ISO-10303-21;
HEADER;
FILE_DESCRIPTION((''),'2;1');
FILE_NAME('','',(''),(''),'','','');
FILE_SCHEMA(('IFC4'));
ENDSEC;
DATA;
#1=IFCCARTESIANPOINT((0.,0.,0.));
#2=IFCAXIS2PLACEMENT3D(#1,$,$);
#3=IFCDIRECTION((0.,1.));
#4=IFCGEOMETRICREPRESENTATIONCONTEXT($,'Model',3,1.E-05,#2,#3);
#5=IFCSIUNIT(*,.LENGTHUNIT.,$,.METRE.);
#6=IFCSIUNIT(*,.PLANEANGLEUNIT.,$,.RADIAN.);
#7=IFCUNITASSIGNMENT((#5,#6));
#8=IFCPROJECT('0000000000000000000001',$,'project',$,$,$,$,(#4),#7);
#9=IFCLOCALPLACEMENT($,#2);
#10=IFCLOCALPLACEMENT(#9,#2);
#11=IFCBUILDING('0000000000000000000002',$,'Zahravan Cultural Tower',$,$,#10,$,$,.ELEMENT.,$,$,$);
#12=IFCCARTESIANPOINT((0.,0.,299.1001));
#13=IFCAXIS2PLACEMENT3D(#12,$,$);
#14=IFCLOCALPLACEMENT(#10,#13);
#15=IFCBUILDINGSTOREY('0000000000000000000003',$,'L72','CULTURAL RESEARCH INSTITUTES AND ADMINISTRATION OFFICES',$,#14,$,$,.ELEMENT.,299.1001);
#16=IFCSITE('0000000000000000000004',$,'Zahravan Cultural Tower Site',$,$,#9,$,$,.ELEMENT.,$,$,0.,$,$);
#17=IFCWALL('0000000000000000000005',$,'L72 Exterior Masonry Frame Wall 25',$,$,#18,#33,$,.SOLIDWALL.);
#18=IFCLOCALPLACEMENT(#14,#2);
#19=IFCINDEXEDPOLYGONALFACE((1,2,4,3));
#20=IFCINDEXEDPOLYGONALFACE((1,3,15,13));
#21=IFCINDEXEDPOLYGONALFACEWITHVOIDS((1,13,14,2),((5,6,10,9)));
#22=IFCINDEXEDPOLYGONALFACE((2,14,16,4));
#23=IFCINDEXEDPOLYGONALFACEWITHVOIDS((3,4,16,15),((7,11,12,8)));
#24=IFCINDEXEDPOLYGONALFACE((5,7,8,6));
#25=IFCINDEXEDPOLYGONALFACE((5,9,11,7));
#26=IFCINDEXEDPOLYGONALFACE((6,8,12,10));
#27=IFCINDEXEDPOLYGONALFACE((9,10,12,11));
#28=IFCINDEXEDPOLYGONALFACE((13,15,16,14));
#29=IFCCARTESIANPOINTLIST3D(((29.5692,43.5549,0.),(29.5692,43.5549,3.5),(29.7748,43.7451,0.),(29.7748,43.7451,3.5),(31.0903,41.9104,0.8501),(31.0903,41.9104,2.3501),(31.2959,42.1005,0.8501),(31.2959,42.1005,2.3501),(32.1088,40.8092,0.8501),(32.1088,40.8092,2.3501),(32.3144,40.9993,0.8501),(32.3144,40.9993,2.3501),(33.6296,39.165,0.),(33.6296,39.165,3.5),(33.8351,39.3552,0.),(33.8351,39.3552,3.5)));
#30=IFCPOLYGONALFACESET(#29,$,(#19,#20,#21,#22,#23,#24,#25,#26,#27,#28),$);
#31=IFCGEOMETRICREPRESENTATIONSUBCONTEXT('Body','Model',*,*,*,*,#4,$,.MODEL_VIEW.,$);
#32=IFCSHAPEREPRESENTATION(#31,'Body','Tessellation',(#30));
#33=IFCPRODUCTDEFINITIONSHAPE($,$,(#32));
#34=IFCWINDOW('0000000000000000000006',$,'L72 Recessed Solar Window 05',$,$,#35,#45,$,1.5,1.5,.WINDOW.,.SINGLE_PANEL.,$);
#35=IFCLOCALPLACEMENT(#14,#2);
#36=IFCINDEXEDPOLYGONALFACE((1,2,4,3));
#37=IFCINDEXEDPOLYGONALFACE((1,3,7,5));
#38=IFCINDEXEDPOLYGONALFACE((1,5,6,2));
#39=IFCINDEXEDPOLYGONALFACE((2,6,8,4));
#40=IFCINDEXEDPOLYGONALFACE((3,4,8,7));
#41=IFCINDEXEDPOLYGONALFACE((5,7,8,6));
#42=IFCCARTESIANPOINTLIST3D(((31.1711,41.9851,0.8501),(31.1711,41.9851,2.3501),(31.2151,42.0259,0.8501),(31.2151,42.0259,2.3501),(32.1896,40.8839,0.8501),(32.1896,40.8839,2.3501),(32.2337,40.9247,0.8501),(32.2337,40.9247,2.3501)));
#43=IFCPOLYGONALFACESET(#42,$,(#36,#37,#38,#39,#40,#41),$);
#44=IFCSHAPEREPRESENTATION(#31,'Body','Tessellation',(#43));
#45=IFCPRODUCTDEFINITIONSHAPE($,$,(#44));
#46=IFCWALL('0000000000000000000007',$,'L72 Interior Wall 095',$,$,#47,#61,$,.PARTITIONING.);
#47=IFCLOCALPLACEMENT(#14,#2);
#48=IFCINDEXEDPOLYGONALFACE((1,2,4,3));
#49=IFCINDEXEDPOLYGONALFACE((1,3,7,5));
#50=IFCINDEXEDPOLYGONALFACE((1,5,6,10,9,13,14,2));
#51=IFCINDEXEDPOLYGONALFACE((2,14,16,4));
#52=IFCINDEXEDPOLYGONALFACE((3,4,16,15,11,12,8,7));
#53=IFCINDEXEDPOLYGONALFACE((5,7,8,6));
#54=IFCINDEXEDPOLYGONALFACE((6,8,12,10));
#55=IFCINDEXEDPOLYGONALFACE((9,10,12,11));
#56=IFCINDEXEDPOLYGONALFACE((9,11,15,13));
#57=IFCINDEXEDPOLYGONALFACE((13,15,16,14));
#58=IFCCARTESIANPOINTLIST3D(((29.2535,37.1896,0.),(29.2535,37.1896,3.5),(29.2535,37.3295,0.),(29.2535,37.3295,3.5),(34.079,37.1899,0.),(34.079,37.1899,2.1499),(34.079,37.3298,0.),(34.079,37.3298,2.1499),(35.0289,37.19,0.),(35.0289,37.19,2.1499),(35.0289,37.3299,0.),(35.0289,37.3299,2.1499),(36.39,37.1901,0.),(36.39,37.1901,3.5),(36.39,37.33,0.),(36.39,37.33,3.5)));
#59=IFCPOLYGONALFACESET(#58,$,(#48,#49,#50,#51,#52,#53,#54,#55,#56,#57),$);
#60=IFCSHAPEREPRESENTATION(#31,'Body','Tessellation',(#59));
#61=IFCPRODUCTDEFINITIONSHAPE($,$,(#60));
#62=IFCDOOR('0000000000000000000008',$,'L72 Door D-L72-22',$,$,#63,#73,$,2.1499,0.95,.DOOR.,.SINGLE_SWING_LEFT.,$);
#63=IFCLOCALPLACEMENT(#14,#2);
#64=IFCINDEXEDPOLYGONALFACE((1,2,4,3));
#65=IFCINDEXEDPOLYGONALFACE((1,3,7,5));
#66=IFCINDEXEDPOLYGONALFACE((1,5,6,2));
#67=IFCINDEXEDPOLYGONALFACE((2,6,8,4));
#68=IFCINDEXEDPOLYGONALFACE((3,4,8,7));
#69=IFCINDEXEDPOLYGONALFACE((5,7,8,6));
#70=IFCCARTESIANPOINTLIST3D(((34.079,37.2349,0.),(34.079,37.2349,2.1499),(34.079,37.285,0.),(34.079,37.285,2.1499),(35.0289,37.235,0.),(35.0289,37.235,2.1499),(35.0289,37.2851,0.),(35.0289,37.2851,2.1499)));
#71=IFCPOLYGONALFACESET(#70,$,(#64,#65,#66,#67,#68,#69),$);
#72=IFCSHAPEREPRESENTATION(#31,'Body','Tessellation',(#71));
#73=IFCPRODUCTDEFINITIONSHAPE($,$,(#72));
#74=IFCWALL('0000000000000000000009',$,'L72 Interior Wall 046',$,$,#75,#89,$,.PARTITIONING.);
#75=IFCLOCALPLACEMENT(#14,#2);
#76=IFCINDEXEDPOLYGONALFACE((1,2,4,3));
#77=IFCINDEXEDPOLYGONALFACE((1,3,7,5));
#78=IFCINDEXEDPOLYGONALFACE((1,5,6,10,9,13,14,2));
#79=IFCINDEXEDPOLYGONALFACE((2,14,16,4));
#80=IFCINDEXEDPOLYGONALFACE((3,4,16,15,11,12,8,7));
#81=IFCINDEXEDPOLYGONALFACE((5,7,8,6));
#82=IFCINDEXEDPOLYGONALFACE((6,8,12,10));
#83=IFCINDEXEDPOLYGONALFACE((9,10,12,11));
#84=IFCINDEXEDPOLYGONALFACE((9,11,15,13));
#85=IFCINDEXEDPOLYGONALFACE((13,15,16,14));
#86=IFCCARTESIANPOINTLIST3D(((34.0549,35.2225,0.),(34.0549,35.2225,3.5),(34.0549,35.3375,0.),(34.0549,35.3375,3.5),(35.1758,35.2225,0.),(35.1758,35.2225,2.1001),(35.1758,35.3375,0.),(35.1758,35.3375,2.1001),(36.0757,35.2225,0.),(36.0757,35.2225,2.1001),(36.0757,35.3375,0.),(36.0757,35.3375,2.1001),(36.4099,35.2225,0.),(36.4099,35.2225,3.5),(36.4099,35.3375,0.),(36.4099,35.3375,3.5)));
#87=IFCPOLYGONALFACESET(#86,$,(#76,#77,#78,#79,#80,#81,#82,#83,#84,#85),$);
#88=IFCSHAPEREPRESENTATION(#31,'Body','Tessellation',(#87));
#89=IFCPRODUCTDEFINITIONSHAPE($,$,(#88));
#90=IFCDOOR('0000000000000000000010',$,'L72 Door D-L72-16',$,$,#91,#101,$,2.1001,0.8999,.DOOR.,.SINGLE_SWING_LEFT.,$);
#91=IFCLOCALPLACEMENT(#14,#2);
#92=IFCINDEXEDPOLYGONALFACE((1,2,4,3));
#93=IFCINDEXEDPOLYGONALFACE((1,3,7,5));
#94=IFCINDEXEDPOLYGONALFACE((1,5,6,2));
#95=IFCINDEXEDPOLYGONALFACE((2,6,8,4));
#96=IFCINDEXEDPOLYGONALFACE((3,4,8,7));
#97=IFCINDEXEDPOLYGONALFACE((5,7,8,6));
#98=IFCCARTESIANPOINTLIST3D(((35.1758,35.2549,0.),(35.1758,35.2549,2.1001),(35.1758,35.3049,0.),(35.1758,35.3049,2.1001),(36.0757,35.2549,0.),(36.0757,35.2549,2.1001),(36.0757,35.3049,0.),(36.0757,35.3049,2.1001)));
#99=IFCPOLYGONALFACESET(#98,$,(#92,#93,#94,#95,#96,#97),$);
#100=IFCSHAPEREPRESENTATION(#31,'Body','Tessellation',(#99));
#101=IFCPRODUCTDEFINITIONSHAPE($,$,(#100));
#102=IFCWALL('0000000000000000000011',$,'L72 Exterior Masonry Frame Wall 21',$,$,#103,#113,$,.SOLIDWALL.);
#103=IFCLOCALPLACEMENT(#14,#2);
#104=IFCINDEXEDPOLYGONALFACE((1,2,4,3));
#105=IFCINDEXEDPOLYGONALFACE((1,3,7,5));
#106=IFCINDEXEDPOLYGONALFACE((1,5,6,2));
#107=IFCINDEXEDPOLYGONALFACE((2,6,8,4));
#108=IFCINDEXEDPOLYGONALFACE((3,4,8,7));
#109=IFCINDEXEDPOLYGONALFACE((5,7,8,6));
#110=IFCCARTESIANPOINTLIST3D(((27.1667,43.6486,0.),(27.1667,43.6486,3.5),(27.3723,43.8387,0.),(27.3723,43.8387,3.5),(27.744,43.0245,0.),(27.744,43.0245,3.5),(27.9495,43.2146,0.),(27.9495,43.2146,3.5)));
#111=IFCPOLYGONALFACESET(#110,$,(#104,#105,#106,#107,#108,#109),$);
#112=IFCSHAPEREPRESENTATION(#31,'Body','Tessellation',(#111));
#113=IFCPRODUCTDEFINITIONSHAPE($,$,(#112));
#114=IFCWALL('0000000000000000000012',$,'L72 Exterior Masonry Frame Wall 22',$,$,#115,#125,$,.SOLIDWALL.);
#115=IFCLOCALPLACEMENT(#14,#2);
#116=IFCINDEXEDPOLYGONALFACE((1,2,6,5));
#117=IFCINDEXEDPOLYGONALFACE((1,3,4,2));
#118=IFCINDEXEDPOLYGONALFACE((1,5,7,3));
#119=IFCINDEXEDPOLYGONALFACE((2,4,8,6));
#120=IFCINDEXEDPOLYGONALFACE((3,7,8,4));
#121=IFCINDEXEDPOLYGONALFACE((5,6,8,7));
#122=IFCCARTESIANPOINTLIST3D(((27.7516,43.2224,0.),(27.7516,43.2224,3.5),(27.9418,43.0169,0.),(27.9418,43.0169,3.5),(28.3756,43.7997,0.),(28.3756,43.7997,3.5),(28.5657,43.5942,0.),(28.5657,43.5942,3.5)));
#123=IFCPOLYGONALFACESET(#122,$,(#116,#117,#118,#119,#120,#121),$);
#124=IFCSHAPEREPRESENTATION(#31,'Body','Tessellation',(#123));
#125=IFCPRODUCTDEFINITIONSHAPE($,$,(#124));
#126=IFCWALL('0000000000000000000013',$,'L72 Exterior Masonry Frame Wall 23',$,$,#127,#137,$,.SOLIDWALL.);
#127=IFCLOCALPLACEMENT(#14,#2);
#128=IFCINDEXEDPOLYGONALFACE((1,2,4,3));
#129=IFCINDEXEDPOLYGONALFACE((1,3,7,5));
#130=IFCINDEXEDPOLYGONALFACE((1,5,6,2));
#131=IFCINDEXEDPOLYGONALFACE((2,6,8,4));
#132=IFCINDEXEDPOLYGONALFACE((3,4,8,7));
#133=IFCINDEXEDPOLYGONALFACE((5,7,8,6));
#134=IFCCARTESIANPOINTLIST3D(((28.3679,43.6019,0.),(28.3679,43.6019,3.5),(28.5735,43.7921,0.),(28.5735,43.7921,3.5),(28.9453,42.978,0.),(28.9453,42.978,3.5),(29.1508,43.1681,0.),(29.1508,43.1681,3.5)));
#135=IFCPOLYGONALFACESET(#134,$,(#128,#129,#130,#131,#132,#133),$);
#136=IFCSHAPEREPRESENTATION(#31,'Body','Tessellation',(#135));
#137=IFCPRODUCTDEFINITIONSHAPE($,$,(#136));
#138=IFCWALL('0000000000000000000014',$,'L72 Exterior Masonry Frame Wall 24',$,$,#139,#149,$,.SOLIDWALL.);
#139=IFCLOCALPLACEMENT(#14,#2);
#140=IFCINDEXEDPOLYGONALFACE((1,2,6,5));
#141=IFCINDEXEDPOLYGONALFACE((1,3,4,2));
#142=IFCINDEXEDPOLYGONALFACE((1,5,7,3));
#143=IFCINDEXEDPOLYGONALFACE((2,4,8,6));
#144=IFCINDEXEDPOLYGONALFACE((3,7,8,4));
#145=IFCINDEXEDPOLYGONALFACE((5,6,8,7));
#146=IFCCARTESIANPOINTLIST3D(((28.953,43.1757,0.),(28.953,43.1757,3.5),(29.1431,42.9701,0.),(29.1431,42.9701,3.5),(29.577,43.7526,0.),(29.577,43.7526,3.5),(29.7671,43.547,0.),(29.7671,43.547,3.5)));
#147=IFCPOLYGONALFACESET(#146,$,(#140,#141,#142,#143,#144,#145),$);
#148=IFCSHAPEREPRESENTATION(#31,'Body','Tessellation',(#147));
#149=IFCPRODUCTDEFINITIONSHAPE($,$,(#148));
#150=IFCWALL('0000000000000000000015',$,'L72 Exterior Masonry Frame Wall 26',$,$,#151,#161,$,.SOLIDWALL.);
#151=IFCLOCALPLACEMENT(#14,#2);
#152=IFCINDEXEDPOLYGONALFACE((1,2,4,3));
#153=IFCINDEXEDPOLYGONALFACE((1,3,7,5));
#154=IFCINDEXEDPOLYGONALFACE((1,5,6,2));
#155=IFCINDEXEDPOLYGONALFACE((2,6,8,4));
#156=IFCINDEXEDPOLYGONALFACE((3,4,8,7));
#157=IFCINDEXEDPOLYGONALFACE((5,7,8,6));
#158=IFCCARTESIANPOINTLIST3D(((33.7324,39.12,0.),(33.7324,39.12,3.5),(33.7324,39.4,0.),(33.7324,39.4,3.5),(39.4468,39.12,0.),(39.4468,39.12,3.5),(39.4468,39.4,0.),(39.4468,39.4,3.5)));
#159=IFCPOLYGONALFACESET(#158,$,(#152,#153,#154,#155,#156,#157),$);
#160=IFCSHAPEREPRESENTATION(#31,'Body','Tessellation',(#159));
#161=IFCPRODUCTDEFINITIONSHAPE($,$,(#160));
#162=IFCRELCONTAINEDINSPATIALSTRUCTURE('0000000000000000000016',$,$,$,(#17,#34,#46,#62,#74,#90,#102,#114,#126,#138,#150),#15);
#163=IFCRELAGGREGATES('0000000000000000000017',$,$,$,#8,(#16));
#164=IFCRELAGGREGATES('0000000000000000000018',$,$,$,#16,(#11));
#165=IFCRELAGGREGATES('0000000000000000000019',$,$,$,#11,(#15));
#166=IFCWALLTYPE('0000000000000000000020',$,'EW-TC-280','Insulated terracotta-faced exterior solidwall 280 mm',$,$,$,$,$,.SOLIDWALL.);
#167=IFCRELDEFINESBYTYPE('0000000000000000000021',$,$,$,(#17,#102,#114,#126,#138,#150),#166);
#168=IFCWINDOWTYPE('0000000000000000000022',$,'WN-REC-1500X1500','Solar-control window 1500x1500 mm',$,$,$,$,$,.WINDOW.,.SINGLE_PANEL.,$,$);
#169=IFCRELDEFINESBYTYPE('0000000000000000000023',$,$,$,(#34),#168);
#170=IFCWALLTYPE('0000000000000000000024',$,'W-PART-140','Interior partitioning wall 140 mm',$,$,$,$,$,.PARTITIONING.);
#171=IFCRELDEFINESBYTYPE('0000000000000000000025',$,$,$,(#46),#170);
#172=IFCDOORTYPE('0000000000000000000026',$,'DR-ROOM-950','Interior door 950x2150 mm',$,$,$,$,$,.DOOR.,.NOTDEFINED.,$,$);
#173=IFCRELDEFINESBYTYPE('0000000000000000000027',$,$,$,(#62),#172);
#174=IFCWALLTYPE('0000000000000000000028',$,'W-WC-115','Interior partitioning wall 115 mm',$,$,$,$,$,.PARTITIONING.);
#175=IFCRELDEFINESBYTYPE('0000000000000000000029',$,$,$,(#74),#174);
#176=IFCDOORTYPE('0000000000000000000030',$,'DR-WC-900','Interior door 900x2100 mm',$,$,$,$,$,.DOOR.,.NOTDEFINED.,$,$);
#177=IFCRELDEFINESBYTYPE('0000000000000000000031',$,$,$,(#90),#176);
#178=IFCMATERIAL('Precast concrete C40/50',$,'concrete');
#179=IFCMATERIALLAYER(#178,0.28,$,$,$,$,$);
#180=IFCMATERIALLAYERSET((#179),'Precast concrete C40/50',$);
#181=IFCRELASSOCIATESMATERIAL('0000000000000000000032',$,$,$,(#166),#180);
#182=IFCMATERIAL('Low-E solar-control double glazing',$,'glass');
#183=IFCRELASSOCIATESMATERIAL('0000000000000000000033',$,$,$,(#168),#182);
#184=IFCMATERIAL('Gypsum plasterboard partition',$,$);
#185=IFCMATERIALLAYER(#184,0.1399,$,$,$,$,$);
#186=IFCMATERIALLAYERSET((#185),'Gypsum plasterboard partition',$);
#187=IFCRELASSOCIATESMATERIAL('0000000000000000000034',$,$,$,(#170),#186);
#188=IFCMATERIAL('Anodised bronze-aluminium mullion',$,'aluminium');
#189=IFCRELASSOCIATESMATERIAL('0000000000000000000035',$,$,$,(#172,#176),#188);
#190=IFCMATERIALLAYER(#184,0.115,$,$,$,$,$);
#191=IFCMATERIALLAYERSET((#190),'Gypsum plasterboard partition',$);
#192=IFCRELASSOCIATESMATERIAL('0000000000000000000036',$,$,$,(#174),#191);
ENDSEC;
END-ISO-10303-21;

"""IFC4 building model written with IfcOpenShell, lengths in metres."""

from ifc_helpers import new_model, si_unit, direction, frame, frame_2d, origin, place, context, subcontext, project, spatial, rectangle, extrude, source, transform, mapped, material, layer, layer_set, type_object, element, fill, save


model = new_model("IFC4")

# Units and contexts
model_context = context("Model", 3, precision=1e-05, world=origin(), true_north=direction((0.0, 1.0)))
body_context = subcontext(model_context, "Body", "Model", "MODEL_VIEW")
ifc_project = project(units=[si_unit("LENGTHUNIT", "METRE"), si_unit("PLANEANGLEUNIT", "RADIAN")], contexts=[model_context])

# Site, building, storey
site_placement = place(None, origin())
site = spatial("IfcSite", under=ifc_project, at=site_placement, Name="Zahravan Cultural Tower Site", CompositionType="ELEMENT", RefElevation=0.0)
building_placement = place(site_placement, origin())
building = spatial("IfcBuilding", under=site, at=building_placement, Name="Zahravan Cultural Tower", CompositionType="ELEMENT")
storey_placement = place(building_placement, frame((0.0, 0.0, 299.1001)))
storey = spatial("IfcBuildingStorey", under=building, at=storey_placement, Name="L72", Description="CULTURAL RESEARCH INSTITUTES AND ADMINISTRATION OFFICES", CompositionType="ELEMENT", Elevation=299.1001)

# Wall, opening, window
ifc_material_1 = material(Name="Precast concrete C40/50", Category="concrete")
ifc_layer_1 = layer(ifc_material_1, 0.28)
ifc_layer_set_1 = layer_set([ifc_layer_1], Name="Precast concrete C40/50")
wall_type_1 = type_object("IfcWallType", Name="EW-TC-280", Description="Insulated terracotta-faced exterior solidwall 280 mm", PredefinedType="SOLIDWALL", material=ifc_layer_set_1)
wall_1_placement = place(storey_placement, frame((29.6721, 43.6499, 0.0), z_axis=(0.0, 0.0, 1.0), x_axis=(0.679011, -0.734128, 0.0)))
wall_1 = element("IfcWall", 1, at=wall_1_placement, inside=storey, type_object=wall_type_1, Name="L72 Exterior Masonry Frame Wall 25", PredefinedType="SOLIDWALL", context=body_context, shape_type="SweptSolid", body=[
    extrude(rectangle(XDim=5.9797, YDim=0.28, at=frame_2d((2.9897, 0.0))), origin(), (0.0, 0.0, 1.0), 3.5),
])
opening_1_placement = place(wall_1_placement, frame((2.24, 0.0, 0.8501)))
opening_1 = element("IfcOpeningElement", 2, at=opening_1_placement, cuts=wall_1, PredefinedType="OPENING", context=body_context, shape_type="SweptSolid", body=[
    extrude(rectangle(XDim=1.5, YDim=1.5, at=frame_2d((0.75, 0.75))), frame((0.0, 0.1499, 0.0), z_axis=(0.0, -1.0, 0.0), x_axis=(1.0, 0.0, 0.0)), (0.0, 0.0, 1.0), 0.3),
])
ifc_material_2 = material(Name="Low-E solar-control double glazing", Category="glass")
window_type = type_object("IfcWindowType", Name="WN-REC-1500X1500", Description="Solar-control window 1500x1500 mm", PartitioningType="SINGLE_PANEL", PredefinedType="WINDOW", material=ifc_material_2)
shared_shape_1 = source(origin(), body_context, "Body", "SweptSolid", [
    extrude(rectangle(XDim=1.5, YDim=1.5, at=frame_2d((0.75, 0.75))), frame((0.0, 0.03, 0.0), z_axis=(0.0, -1.0, 0.0), x_axis=(1.0, 0.0, 0.0)), (0.0, 0.0, 1.0), 0.0601),
])
window_placement = place(opening_1_placement, origin())
window = element("IfcWindow", 3, at=window_placement, inside=storey, type_object=window_type, Name="L72 Recessed Solar Window 05", OverallHeight=1.5, OverallWidth=1.5, PartitioningType="SINGLE_PANEL", PredefinedType="WINDOW", context=body_context, shape_type="MappedRepresentation", body=[
    mapped(shared_shape_1, transform((0.0, 0.0, 0.0), x_axis=(1.0, 0.0, 0.0), y_axis=(0.0, 1.0, 0.0), z_axis=(0.0, 0.0, 1.0), scale=1.0)),
])
fill(opening_1, window)

# Walls, openings, doors
ifc_material_3 = material(Name="Gypsum plasterboard partition")
ifc_layer_2 = layer(ifc_material_3, 0.1399)
ifc_layer_set_2 = layer_set([ifc_layer_2], Name="Gypsum plasterboard partition")
wall_type_2 = type_object("IfcWallType", Name="W-PART-140", Description="Interior partitioning wall 140 mm", PredefinedType="PARTITIONING", material=ifc_layer_set_2)
wall_2_placement = place(storey_placement, frame((36.3901, 37.26, 0.0), z_axis=(0.0, 0.0, 1.0), x_axis=(-1.0, -0.000068, 0.0)))
wall_2 = element("IfcWall", 4, at=wall_2_placement, inside=storey, type_object=wall_type_2, Name="L72 Interior Wall 095", PredefinedType="PARTITIONING", context=body_context, shape_type="SweptSolid", body=[
    extrude(rectangle(XDim=7.1365, YDim=0.1399, at=frame_2d((3.5684, 0.0))), origin(), (0.0, 0.0, 1.0), 3.5),
])
opening_2_placement = place(wall_2_placement, frame((1.3611, 0.0, 0.0)))
opening_2 = element("IfcOpeningElement", 5, at=opening_2_placement, cuts=wall_2, PredefinedType="OPENING", context=body_context, shape_type="SweptSolid", body=[
    extrude(rectangle(XDim=0.95, YDim=2.1499, at=frame_2d((0.4751, 1.075))), frame((0.0, 0.0798, 0.0), z_axis=(0.0, -1.0, 0.0), x_axis=(1.0, 0.0, 0.0)), (0.0, 0.0, 1.0), 0.1599),
])
ifc_material_4 = material(Name="Anodised bronze-aluminium mullion", Category="aluminium")
door_type_1 = type_object("IfcDoorType", Name="DR-ROOM-950", Description="Interior door 950x2150 mm", OperationType="NOTDEFINED", PredefinedType="DOOR", material=ifc_material_4)
shared_shape_2 = source(origin(), body_context, "Body", "SweptSolid", [
    extrude(rectangle(XDim=0.95, YDim=2.1499, at=frame_2d((0.4751, 1.075))), frame((0.0, 0.0249, 0.0), z_axis=(0.0, -1.0, 0.0), x_axis=(1.0, 0.0, 0.0)), (0.0, 0.0, 1.0), 0.05),
])
door_1_placement = place(opening_2_placement, origin())
door_1 = element("IfcDoor", 6, at=door_1_placement, inside=storey, type_object=door_type_1, Name="L72 Door D-L72-22", OperationType="SINGLE_SWING_LEFT", OverallHeight=2.1499, OverallWidth=0.95, PredefinedType="DOOR", context=body_context, shape_type="MappedRepresentation", body=[
    mapped(shared_shape_2, transform((0.0, 0.0, 0.0), x_axis=(1.0, 0.0, 0.0), y_axis=(0.0, 1.0, 0.0), z_axis=(0.0, 0.0, 1.0), scale=1.0)),
])
fill(opening_2, door_1)
ifc_layer_3 = layer(ifc_material_3, 0.115)
ifc_layer_set_3 = layer_set([ifc_layer_3], Name="Gypsum plasterboard partition")
wall_type_3 = type_object("IfcWallType", Name="W-WC-115", Description="Interior partitioning wall 115 mm", PredefinedType="PARTITIONING", material=ifc_layer_set_3)
wall_3_placement = place(storey_placement, frame((34.0549, 35.28, 0.0), z_axis=(0.0, 0.0, 1.0), x_axis=(1.0, 0.0, 0.0)))
wall_3 = element("IfcWall", 7, at=wall_3_placement, inside=storey, type_object=wall_type_3, Name="L72 Interior Wall 046", PredefinedType="PARTITIONING", context=body_context, shape_type="SweptSolid", body=[
    extrude(rectangle(XDim=2.355, YDim=0.115, at=frame_2d((1.1775, 0.0))), origin(), (0.0, 0.0, 1.0), 3.5),
])
opening_3_placement = place(wall_3_placement, frame((1.1208, 0.0, 0.0)))
opening_3 = element("IfcOpeningElement", 8, at=opening_3_placement, cuts=wall_3, PredefinedType="OPENING", context=body_context, shape_type="SweptSolid", body=[
    extrude(rectangle(XDim=0.8999, YDim=2.1001, at=frame_2d((0.45, 1.05))), frame((0.0, 0.0674, 0.0), z_axis=(0.0, -1.0, 0.0), x_axis=(1.0, 0.0, 0.0)), (0.0, 0.0, 1.0), 0.135),
])
door_type_2 = type_object("IfcDoorType", Name="DR-WC-900", Description="Interior door 900x2100 mm", OperationType="NOTDEFINED", PredefinedType="DOOR", material=ifc_material_4)
shared_shape_3 = source(origin(), body_context, "Body", "SweptSolid", [
    extrude(rectangle(XDim=0.8999, YDim=2.1001, at=frame_2d((0.45, 1.05))), frame((0.0, 0.0249, 0.0), z_axis=(0.0, -1.0, 0.0), x_axis=(1.0, 0.0, 0.0)), (0.0, 0.0, 1.0), 0.05),
])
door_2_placement = place(opening_3_placement, origin())
door_2 = element("IfcDoor", 9, at=door_2_placement, inside=storey, type_object=door_type_2, Name="L72 Door D-L72-16", OperationType="SINGLE_SWING_LEFT", OverallHeight=2.1001, OverallWidth=0.8999, PredefinedType="DOOR", context=body_context, shape_type="MappedRepresentation", body=[
    mapped(shared_shape_3, transform((0.0, 0.0, 0.0), x_axis=(1.0, 0.0, 0.0), y_axis=(0.0, 1.0, 0.0), z_axis=(0.0, 0.0, 1.0), scale=1.0)),
])
fill(opening_3, door_2)

# Walls
shared_shape_4 = source(origin(), body_context, "Body", "SweptSolid", [
    extrude(rectangle(XDim=0.8501, YDim=0.28, at=frame_2d((0.425, 0.0))), origin(), (0.0, 0.0, 1.0), 3.5),
])
for number, where, z_axis, x_axis, name in (
    (10, (27.2695, 43.7437, 0.0), (0.0, 0.0, 1.0), (0.678996, -0.734142, 0.0), "L72 Exterior Masonry Frame Wall 21"),
    (11, (27.8467, 43.1196, 0.0), (0.0, 0.0, 1.0), (0.733999, 0.67915, 0.0), "L72 Exterior Masonry Frame Wall 22"),
    (12, (28.4707, 43.697, 0.0), (0.0, 0.0, 1.0), (0.67915, -0.733999, 0.0), "L72 Exterior Masonry Frame Wall 23"),
):
    element("IfcWall", number, at=place(storey_placement, frame(where, z_axis=z_axis, x_axis=x_axis)), inside=storey, type_object=wall_type_1, Name=name, PredefinedType="SOLIDWALL", context=body_context, shape_type="MappedRepresentation", body=[
        mapped(shared_shape_4, transform((0.0, 0.0, 0.0), x_axis=(1.0, 0.0, 0.0), y_axis=(0.0, 1.0, 0.0), z_axis=(0.0, 0.0, 1.0), scale=1.0)),
    ])
shared_shape_5 = source(origin(), body_context, "Body", "SweptSolid", [
    extrude(rectangle(XDim=0.8499, YDim=0.28, at=frame_2d((0.4248, 0.0))), origin(), (0.0, 0.0, 1.0), 3.5),
])
wall_4_placement = place(storey_placement, frame((29.0481, 43.073, 0.0), z_axis=(0.0, 0.0, 1.0), x_axis=(0.734286, 0.678841, 0.0)))
element("IfcWall", 13, at=wall_4_placement, inside=storey, type_object=wall_type_1, Name="L72 Exterior Masonry Frame Wall 24", PredefinedType="SOLIDWALL", context=body_context, shape_type="MappedRepresentation", body=[
    mapped(shared_shape_5, transform((0.0, 0.0, 0.0), x_axis=(1.0, 0.0, 0.0), y_axis=(0.0, 1.0, 0.0), z_axis=(0.0, 0.0, 1.0), scale=1.0)),
])
shared_shape_6 = source(origin(), body_context, "Body", "SweptSolid", [
    extrude(rectangle(XDim=5.7144, YDim=0.28, at=frame_2d((2.8572, 0.0))), origin(), (0.0, 0.0, 1.0), 3.5),
])
wall_5_placement = place(storey_placement, frame((33.7324, 39.26, 0.0), z_axis=(0.0, 0.0, 1.0), x_axis=(1.0, 0.0, 0.0)))
element("IfcWall", 14, at=wall_5_placement, inside=storey, type_object=wall_type_1, Name="L72 Exterior Masonry Frame Wall 26", PredefinedType="SOLIDWALL", context=body_context, shape_type="MappedRepresentation", body=[
    mapped(shared_shape_6, transform((0.0, 0.0, 0.0), x_axis=(1.0, 0.0, 0.0), y_axis=(0.0, 1.0, 0.0), z_axis=(0.0, 0.0, 1.0), scale=1.0)),
])

save(model, "model.ifc")
